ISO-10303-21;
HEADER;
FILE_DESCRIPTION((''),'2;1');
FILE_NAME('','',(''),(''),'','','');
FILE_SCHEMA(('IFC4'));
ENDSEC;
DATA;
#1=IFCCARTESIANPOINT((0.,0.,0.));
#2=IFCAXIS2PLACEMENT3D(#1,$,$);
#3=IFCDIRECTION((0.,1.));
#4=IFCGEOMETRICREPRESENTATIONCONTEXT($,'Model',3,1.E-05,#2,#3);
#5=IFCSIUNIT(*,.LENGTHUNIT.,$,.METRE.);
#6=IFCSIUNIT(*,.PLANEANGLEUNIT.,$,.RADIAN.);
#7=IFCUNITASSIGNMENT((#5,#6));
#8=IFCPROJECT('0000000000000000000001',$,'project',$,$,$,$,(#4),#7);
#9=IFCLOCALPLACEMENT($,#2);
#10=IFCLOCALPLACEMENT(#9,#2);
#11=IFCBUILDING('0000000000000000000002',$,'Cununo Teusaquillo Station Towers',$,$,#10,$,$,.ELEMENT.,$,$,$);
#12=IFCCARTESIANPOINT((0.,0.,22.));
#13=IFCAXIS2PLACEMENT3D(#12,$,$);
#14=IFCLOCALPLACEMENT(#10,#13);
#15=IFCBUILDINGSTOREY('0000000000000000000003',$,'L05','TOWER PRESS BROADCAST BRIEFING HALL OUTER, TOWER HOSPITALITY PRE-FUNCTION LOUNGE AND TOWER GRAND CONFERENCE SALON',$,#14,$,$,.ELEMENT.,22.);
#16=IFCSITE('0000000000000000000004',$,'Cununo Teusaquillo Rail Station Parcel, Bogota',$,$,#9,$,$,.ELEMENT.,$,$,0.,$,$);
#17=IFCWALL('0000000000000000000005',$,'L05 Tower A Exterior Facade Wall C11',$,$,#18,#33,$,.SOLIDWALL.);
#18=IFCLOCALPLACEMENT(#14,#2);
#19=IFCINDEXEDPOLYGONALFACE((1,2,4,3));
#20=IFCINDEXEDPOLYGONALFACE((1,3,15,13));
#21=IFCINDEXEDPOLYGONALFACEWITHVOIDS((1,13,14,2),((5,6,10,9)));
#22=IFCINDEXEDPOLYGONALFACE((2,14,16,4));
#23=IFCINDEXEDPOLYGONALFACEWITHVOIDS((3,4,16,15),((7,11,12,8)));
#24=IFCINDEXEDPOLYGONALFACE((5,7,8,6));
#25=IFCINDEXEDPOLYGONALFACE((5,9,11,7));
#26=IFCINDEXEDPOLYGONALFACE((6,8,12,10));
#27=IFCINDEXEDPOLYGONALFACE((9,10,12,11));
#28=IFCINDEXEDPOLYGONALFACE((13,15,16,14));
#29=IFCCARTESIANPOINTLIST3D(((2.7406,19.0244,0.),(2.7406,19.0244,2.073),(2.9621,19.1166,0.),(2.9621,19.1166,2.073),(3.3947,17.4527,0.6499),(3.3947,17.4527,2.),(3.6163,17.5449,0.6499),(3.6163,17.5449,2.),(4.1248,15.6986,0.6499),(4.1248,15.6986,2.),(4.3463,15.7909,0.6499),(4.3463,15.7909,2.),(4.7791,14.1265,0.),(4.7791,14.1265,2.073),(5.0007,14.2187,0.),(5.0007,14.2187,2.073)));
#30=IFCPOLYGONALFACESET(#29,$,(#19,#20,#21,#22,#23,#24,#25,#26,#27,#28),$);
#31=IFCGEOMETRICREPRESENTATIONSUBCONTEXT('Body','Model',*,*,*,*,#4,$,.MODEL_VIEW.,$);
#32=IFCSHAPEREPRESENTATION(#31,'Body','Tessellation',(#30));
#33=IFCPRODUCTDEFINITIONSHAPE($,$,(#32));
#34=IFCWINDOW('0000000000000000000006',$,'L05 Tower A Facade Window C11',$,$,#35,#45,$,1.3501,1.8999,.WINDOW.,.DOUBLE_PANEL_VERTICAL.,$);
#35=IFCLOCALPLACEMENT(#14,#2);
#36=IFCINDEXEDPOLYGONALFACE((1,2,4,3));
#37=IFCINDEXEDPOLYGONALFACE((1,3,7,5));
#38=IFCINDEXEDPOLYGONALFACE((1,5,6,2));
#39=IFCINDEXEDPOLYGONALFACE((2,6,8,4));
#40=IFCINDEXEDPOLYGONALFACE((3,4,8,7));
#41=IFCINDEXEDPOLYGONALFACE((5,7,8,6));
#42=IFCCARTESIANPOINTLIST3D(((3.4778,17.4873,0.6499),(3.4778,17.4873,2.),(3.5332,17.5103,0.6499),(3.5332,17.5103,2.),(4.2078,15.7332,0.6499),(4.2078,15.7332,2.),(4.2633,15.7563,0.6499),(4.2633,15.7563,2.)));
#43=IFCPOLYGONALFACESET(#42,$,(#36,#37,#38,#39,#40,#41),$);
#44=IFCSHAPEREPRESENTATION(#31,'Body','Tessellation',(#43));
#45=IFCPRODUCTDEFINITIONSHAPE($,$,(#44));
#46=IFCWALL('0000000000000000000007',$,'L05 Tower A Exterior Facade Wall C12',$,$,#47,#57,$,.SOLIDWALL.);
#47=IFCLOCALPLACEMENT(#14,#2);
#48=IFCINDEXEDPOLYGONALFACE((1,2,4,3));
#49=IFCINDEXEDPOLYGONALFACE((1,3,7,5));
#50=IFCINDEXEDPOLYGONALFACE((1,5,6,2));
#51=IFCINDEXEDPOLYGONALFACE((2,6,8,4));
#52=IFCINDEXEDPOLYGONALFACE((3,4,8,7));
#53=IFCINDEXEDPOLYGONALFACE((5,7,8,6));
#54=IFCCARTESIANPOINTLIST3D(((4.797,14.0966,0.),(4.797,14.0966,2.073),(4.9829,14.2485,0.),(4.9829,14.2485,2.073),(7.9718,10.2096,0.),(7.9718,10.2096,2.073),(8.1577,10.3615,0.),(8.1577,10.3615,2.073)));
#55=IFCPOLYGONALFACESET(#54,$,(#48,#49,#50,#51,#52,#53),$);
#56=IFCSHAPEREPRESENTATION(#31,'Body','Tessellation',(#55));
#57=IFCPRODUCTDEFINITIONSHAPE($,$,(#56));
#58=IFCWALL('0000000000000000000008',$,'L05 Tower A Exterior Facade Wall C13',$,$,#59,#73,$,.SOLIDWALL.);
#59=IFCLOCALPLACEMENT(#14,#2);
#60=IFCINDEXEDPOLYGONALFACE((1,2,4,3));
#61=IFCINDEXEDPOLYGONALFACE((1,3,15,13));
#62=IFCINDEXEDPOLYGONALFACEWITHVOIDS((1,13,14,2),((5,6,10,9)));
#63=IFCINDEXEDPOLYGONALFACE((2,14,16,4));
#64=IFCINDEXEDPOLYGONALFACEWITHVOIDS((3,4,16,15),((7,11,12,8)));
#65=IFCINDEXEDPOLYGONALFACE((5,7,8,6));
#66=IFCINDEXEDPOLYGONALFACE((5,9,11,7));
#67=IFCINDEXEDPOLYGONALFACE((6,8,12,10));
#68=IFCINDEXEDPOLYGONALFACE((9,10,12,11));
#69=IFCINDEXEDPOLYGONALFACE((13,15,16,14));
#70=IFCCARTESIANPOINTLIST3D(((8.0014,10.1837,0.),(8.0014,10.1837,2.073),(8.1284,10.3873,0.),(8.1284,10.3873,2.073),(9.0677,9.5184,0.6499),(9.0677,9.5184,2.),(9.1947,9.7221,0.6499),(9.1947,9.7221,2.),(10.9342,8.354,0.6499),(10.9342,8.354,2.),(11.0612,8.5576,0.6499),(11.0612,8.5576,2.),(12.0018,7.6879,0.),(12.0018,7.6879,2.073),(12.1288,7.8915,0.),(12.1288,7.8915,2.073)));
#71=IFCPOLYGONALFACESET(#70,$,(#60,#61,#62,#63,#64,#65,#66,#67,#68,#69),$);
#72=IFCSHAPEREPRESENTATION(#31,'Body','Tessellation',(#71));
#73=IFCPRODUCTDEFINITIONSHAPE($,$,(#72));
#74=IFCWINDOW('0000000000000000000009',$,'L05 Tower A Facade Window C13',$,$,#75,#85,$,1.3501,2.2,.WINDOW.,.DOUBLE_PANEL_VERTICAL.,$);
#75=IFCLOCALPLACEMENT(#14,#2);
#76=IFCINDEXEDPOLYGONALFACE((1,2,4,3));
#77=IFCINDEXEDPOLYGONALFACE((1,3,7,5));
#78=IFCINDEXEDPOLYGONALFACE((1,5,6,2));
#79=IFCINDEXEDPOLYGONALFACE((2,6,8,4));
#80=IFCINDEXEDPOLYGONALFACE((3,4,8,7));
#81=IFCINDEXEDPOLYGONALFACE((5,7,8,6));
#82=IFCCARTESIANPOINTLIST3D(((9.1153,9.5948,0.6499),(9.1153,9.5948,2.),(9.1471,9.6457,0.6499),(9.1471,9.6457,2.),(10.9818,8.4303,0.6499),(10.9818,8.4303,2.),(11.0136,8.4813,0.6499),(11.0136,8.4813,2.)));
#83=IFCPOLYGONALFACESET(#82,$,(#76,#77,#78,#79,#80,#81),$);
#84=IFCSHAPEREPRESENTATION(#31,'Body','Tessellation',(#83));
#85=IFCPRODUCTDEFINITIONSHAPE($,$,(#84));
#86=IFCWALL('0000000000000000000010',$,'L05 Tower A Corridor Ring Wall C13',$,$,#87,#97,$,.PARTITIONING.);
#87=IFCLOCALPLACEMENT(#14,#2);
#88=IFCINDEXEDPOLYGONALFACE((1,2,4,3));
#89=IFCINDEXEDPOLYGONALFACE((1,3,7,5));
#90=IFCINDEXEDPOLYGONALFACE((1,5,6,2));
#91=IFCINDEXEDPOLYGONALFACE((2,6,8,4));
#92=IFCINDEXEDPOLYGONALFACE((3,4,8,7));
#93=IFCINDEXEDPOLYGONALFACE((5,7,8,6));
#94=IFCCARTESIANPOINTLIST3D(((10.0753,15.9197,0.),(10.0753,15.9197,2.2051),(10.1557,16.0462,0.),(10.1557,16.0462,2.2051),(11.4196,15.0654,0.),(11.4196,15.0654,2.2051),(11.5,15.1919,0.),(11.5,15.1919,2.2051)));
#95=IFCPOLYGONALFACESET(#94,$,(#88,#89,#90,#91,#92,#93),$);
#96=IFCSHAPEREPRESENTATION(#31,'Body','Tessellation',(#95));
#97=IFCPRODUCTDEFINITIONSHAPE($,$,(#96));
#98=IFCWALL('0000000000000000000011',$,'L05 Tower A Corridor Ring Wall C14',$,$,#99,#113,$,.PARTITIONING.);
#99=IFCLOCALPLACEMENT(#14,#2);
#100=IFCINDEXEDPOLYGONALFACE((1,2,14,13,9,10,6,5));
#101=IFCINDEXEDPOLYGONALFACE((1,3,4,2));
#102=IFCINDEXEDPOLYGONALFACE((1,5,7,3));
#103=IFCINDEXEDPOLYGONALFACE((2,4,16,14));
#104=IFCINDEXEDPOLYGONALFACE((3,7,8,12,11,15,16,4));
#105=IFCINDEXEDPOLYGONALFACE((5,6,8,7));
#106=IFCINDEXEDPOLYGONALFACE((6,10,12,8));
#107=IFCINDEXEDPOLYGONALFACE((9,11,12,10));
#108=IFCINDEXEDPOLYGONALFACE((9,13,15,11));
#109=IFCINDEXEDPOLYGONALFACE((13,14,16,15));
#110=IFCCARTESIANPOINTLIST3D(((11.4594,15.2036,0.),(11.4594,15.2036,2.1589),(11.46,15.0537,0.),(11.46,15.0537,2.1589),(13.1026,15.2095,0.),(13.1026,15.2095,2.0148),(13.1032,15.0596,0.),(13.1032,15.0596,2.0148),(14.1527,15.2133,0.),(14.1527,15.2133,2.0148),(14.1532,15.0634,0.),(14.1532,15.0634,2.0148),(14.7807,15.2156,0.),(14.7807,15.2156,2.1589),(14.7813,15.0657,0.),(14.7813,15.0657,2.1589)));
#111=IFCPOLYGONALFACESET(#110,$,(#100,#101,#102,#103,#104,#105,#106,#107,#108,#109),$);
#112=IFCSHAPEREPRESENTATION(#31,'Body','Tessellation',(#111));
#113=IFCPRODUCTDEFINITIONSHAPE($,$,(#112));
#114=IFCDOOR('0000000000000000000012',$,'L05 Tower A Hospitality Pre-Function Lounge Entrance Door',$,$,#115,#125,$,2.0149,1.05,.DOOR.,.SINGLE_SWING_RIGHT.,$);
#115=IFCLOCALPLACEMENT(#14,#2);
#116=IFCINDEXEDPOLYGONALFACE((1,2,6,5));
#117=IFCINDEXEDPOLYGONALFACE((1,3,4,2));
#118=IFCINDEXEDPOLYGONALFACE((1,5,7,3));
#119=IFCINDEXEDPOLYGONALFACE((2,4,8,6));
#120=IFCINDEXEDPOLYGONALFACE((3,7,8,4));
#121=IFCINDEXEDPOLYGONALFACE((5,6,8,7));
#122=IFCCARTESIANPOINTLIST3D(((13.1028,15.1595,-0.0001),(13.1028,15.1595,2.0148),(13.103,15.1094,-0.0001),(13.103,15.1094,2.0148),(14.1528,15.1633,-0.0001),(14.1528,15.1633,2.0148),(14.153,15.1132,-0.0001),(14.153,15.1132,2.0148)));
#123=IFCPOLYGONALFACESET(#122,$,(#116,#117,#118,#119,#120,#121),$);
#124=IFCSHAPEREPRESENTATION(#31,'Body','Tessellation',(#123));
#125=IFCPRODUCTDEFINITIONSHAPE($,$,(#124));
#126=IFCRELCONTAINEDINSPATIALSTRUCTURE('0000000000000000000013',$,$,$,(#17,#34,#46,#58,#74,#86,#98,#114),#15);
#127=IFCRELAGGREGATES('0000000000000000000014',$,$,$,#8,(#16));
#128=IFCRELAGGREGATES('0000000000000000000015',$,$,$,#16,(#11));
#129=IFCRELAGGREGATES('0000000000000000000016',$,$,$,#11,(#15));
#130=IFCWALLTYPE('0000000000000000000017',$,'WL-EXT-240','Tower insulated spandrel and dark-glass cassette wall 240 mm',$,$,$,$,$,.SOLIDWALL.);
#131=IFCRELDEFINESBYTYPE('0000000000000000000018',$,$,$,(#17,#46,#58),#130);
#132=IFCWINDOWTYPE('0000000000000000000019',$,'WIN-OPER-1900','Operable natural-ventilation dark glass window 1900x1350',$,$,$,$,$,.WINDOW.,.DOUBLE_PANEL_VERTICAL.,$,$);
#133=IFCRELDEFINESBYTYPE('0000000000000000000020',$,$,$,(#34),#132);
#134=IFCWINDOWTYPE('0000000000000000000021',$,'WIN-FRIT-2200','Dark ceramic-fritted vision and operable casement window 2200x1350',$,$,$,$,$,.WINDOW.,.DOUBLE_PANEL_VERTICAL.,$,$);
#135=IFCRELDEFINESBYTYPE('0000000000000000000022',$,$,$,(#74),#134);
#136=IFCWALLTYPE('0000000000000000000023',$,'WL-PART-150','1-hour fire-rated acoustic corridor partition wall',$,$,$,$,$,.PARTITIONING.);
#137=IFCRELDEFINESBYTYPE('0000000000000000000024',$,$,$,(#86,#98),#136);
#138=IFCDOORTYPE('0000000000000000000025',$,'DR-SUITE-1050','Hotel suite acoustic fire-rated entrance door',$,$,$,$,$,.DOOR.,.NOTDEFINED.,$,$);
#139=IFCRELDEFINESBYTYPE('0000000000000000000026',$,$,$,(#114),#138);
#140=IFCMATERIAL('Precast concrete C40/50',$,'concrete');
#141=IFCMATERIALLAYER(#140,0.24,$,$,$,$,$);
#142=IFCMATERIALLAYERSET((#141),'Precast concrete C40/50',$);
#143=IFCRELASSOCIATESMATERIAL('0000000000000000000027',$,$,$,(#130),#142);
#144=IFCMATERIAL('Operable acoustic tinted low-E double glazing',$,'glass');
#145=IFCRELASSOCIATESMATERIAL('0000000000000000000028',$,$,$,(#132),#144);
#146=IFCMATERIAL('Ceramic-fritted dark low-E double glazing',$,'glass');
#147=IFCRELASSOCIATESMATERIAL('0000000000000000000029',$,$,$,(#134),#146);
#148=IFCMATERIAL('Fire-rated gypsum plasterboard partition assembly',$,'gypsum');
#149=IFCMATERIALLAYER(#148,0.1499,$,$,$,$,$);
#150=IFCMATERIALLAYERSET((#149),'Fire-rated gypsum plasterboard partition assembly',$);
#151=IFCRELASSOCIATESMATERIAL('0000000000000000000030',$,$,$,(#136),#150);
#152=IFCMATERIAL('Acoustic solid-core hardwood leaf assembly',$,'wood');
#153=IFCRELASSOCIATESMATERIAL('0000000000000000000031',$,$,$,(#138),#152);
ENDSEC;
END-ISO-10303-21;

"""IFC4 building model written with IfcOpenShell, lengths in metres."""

from ifc_helpers import new_model, si_unit, direction, frame, frame_2d, origin, place, context, subcontext, project, spatial, rectangle, extrude, source, transform, mapped, material, layer, layer_set, type_object, element, fill, save


model = new_model("IFC4")

# Units and contexts
model_context = context("Model", 3, precision=1e-05, world=origin(), true_north=direction((0.0, 1.0)))
body_context = subcontext(model_context, "Body", "Model", "MODEL_VIEW")
ifc_project = project(units=[si_unit("LENGTHUNIT", "METRE"), si_unit("PLANEANGLEUNIT", "RADIAN")], contexts=[model_context])

# Site, building, storey
site_placement = place(None, origin())
site = spatial("IfcSite", under=ifc_project, at=site_placement, Name="Cununo Teusaquillo Rail Station Parcel, Bogota", CompositionType="ELEMENT", RefElevation=0.0)
building_placement = place(site_placement, origin())
building = spatial("IfcBuilding", under=site, at=building_placement, Name="Cununo Teusaquillo Station Towers", CompositionType="ELEMENT")
storey_placement = place(building_placement, frame((0.0, 0.0, 22.0)))
storey = spatial("IfcBuildingStorey", under=building, at=storey_placement, Name="L05", Description="TOWER PRESS BROADCAST BRIEFING HALL OUTER, TOWER HOSPITALITY PRE-FUNCTION LOUNGE AND TOWER GRAND CONFERENCE SALON", CompositionType="ELEMENT", Elevation=22.0)

# Wall, opening, window
ifc_material_1 = material(Name="Precast concrete C40/50", Category="concrete")
ifc_layer_1 = layer(ifc_material_1, 0.24)
ifc_layer_set_1 = layer_set([ifc_layer_1], Name="Precast concrete C40/50")
wall_type_1 = type_object("IfcWallType", Name="WL-EXT-240", Description="Tower insulated spandrel and dark-glass cassette wall 240 mm", PredefinedType="SOLIDWALL", material=ifc_layer_set_1)
wall_1_placement = place(storey_placement, frame((4.8899, 14.1726, 0.0), z_axis=(0.0, 0.0, 1.0), x_axis=(-0.384256, 0.923227, 0.0)))
wall_1 = element("IfcWall", 1, at=wall_1_placement, inside=storey, type_object=wall_type_1, Name="L05 Tower A Exterior Facade Wall C11", PredefinedType="SOLIDWALL", context=body_context, shape_type="SweptSolid", body=[
    extrude(rectangle(XDim=5.3052, YDim=0.24, at=frame_2d((2.6526, 0.0))), origin(), (0.0, 0.0, 1.0), 2.073),
])
shared_shape_1 = source(origin(), body_context, "Body", "SweptSolid", [
    extrude(rectangle(XDim=1.8999, YDim=1.3501, at=frame_2d((0.95, 0.675))), frame((0.0, 0.1299, 0.0), z_axis=(0.0, -1.0, 0.0), x_axis=(1.0, 0.0, 0.0)), (0.0, 0.0, 1.0), 0.26),
])
opening_1_placement = place(wall_1_placement, frame((1.7029, 0.0, 0.6499)))
opening_1 = element("IfcOpeningElement", 2, at=opening_1_placement, cuts=wall_1, PredefinedType="OPENING", context=body_context, shape_type="MappedRepresentation", body=[
    mapped(shared_shape_1, transform((0.0, 0.0, 0.0), x_axis=(1.0, 0.0, 0.0), y_axis=(0.0, 1.0, 0.0), z_axis=(0.0, 0.0, 1.0), scale=1.0)),
])
ifc_material_2 = material(Name="Operable acoustic tinted low-E double glazing", Category="glass")
window_type_1 = type_object("IfcWindowType", Name="WIN-OPER-1900", Description="Operable natural-ventilation dark glass window 1900x1350", PartitioningType="DOUBLE_PANEL_VERTICAL", PredefinedType="WINDOW", material=ifc_material_2)
shared_shape_2 = source(origin(), body_context, "Body", "SweptSolid", [
    extrude(rectangle(XDim=1.8999, YDim=1.3501, at=frame_2d((0.95, 0.675))), frame((0.0, 0.03, 0.0), z_axis=(0.0, -1.0, 0.0), x_axis=(1.0, 0.0, 0.0)), (0.0, 0.0, 1.0), 0.0601),
])
window_1_placement = place(opening_1_placement, origin())
window_1 = element("IfcWindow", 3, at=window_1_placement, inside=storey, type_object=window_type_1, Name="L05 Tower A Facade Window C11", OverallHeight=1.3501, OverallWidth=1.8999, PartitioningType="DOUBLE_PANEL_VERTICAL", PredefinedType="WINDOW", context=body_context, shape_type="MappedRepresentation", body=[
    mapped(shared_shape_2, transform((0.0, 0.0, 0.0), x_axis=(1.0, 0.0, 0.0), y_axis=(0.0, 1.0, 0.0), z_axis=(0.0, 0.0, 1.0), scale=1.0)),
])
fill(opening_1, window_1)

# Wall
wall_2_placement = place(storey_placement, frame((8.0647, 10.2856, 0.0), z_axis=(0.0, 0.0, 1.0), x_axis=(-0.632589, 0.774488, 0.0)))
element("IfcWall", 4, at=wall_2_placement, inside=storey, type_object=wall_type_1, Name="L05 Tower A Exterior Facade Wall C12", PredefinedType="SOLIDWALL", context=body_context, shape_type="SweptSolid", body=[
    extrude(rectangle(XDim=5.0188, YDim=0.24, at=frame_2d((2.5093, 0.0))), origin(), (0.0, 0.0, 1.0), 2.073),
])

# Wall, opening, window
wall_3_placement = place(storey_placement, frame((12.0652, 7.7898, 0.0), z_axis=(0.0, 0.0, 1.0), x_axis=(-0.848423, 0.529319, 0.0)))
wall_3 = element("IfcWall", 5, at=wall_3_placement, inside=storey, type_object=wall_type_1, Name="L05 Tower A Exterior Facade Wall C13", PredefinedType="SOLIDWALL", context=body_context, shape_type="SweptSolid", body=[
    extrude(rectangle(XDim=4.7151, YDim=0.24, at=frame_2d((2.3574, 0.0))), origin(), (0.0, 0.0, 1.0), 2.073),
])
shared_shape_3 = source(origin(), body_context, "Body", "SweptSolid", [
    extrude(rectangle(XDim=2.2, YDim=1.3501, at=frame_2d((1.1001, 0.675))), frame((0.0, 0.1299, 0.0), z_axis=(0.0, -1.0, 0.0), x_axis=(1.0, 0.0, 0.0)), (0.0, 0.0, 1.0), 0.26),
])
opening_2_placement = place(wall_3_placement, frame((1.2581, 0.0, 0.6499)))
opening_2 = element("IfcOpeningElement", 6, at=opening_2_placement, cuts=wall_3, PredefinedType="OPENING", context=body_context, shape_type="MappedRepresentation", body=[
    mapped(shared_shape_3, transform((0.0, 0.0, 0.0), x_axis=(1.0, 0.0, 0.0), y_axis=(0.0, 1.0, 0.0), z_axis=(0.0, 0.0, 1.0), scale=1.0)),
])
ifc_material_3 = material(Name="Ceramic-fritted dark low-E double glazing", Category="glass")
window_type_2 = type_object("IfcWindowType", Name="WIN-FRIT-2200", Description="Dark ceramic-fritted vision and operable casement window 2200x1350", PartitioningType="DOUBLE_PANEL_VERTICAL", PredefinedType="WINDOW", material=ifc_material_3)
shared_shape_4 = source(origin(), body_context, "Body", "SweptSolid", [
    extrude(rectangle(XDim=2.2, YDim=1.3501, at=frame_2d((1.1001, 0.675))), frame((0.0, 0.03, 0.0), z_axis=(0.0, -1.0, 0.0), x_axis=(1.0, 0.0, 0.0)), (0.0, 0.0, 1.0), 0.0601),
])
window_2_placement = place(opening_2_placement, origin())
window_2 = element("IfcWindow", 7, at=window_2_placement, inside=storey, type_object=window_type_2, Name="L05 Tower A Facade Window C13", OverallHeight=1.3501, OverallWidth=2.2, PartitioningType="DOUBLE_PANEL_VERTICAL", PredefinedType="WINDOW", context=body_context, shape_type="MappedRepresentation", body=[
    mapped(shared_shape_4, transform((0.0, 0.0, 0.0), x_axis=(1.0, 0.0, 0.0), y_axis=(0.0, 1.0, 0.0), z_axis=(0.0, 0.0, 1.0), scale=1.0)),
])
fill(opening_2, window_2)

# Wall
ifc_material_4 = material(Name="Fire-rated gypsum plasterboard partition assembly", Category="gypsum")
ifc_layer_2 = layer(ifc_material_4, 0.1499)
ifc_layer_set_2 = layer_set([ifc_layer_2], Name="Fire-rated gypsum plasterboard partition assembly")
wall_type_2 = type_object("IfcWallType", Name="WL-PART-150", Description="1-hour fire-rated acoustic corridor partition wall", PredefinedType="PARTITIONING", material=ifc_layer_set_2)
wall_4_placement = place(storey_placement, frame((10.1155, 15.9829, 0.0), z_axis=(0.0, 0.0, 1.0), x_axis=(0.843996, -0.53635, 0.0)))
element("IfcWall", 8, at=wall_4_placement, inside=storey, type_object=wall_type_2, Name="L05 Tower A Corridor Ring Wall C13", PredefinedType="PARTITIONING", context=body_context, shape_type="SweptSolid", body=[
    extrude(rectangle(XDim=1.5928, YDim=0.1499, at=frame_2d((0.7964, 0.0))), origin(), (0.0, 0.0, 1.0), 2.2051),
])

# Wall, opening, door
wall_5_placement = place(storey_placement, frame((11.4597, 15.1287, 0.0), z_axis=(0.0, 0.0, 1.0), x_axis=(0.999994, 0.003602, 0.0)))
wall_5 = element("IfcWall", 9, at=wall_5_placement, inside=storey, type_object=wall_type_2, Name="L05 Tower A Corridor Ring Wall C14", PredefinedType="PARTITIONING", context=body_context, shape_type="SweptSolid", body=[
    extrude(rectangle(XDim=3.3213, YDim=0.1499, at=frame_2d((1.6606, 0.0))), origin(), (0.0, 0.0, 1.0), 2.1589),
])
shared_shape_5 = source(origin(), body_context, "Body", "SweptSolid", [
    extrude(rectangle(XDim=1.05, YDim=2.0149, at=frame_2d((0.5249, 1.0073))), frame((0.0, 0.085, 0.0), z_axis=(0.0, -1.0, 0.0), x_axis=(1.0, 0.0, 0.0)), (0.0, 0.0, 1.0), 0.1699),
])
opening_3_placement = place(wall_5_placement, frame((1.6433, 0.0, 0.0)))
opening_3 = element("IfcOpeningElement", 10, at=opening_3_placement, cuts=wall_5, PredefinedType="OPENING", context=body_context, shape_type="MappedRepresentation", body=[
    mapped(shared_shape_5, transform((0.0, 0.0, 0.0), x_axis=(1.0, 0.0, 0.0), y_axis=(0.0, 1.0, 0.0), z_axis=(0.0, 0.0, 1.0), scale=1.0)),
])
ifc_material_5 = material(Name="Acoustic solid-core hardwood leaf assembly", Category="wood")
door_type = type_object("IfcDoorType", Name="DR-SUITE-1050", Description="Hotel suite acoustic fire-rated entrance door", OperationType="NOTDEFINED", PredefinedType="DOOR", material=ifc_material_5)
shared_shape_6 = source(origin(), body_context, "Body", "SweptSolid", [
    extrude(rectangle(XDim=1.05, YDim=2.0149, at=frame_2d((0.5249, 1.0073))), frame((0.0, 0.0249, 0.0), z_axis=(0.0, -1.0, 0.0), x_axis=(1.0, 0.0, 0.0)), (0.0, 0.0, 1.0), 0.05),
])
door_placement = place(opening_3_placement, origin())
door = element("IfcDoor", 11, at=door_placement, inside=storey, type_object=door_type, Name="L05 Tower A Hospitality Pre-Function Lounge Entrance Door", OperationType="SINGLE_SWING_RIGHT", OverallHeight=2.0149, OverallWidth=1.05, PredefinedType="DOOR", context=body_context, shape_type="MappedRepresentation", body=[
    mapped(shared_shape_6, transform((0.0, 0.0, 0.0), x_axis=(1.0, 0.0, 0.0), y_axis=(0.0, 1.0, 0.0), z_axis=(0.0, 0.0, 1.0), scale=1.0)),
])
fill(opening_3, door)

save(model, "model.ifc")
